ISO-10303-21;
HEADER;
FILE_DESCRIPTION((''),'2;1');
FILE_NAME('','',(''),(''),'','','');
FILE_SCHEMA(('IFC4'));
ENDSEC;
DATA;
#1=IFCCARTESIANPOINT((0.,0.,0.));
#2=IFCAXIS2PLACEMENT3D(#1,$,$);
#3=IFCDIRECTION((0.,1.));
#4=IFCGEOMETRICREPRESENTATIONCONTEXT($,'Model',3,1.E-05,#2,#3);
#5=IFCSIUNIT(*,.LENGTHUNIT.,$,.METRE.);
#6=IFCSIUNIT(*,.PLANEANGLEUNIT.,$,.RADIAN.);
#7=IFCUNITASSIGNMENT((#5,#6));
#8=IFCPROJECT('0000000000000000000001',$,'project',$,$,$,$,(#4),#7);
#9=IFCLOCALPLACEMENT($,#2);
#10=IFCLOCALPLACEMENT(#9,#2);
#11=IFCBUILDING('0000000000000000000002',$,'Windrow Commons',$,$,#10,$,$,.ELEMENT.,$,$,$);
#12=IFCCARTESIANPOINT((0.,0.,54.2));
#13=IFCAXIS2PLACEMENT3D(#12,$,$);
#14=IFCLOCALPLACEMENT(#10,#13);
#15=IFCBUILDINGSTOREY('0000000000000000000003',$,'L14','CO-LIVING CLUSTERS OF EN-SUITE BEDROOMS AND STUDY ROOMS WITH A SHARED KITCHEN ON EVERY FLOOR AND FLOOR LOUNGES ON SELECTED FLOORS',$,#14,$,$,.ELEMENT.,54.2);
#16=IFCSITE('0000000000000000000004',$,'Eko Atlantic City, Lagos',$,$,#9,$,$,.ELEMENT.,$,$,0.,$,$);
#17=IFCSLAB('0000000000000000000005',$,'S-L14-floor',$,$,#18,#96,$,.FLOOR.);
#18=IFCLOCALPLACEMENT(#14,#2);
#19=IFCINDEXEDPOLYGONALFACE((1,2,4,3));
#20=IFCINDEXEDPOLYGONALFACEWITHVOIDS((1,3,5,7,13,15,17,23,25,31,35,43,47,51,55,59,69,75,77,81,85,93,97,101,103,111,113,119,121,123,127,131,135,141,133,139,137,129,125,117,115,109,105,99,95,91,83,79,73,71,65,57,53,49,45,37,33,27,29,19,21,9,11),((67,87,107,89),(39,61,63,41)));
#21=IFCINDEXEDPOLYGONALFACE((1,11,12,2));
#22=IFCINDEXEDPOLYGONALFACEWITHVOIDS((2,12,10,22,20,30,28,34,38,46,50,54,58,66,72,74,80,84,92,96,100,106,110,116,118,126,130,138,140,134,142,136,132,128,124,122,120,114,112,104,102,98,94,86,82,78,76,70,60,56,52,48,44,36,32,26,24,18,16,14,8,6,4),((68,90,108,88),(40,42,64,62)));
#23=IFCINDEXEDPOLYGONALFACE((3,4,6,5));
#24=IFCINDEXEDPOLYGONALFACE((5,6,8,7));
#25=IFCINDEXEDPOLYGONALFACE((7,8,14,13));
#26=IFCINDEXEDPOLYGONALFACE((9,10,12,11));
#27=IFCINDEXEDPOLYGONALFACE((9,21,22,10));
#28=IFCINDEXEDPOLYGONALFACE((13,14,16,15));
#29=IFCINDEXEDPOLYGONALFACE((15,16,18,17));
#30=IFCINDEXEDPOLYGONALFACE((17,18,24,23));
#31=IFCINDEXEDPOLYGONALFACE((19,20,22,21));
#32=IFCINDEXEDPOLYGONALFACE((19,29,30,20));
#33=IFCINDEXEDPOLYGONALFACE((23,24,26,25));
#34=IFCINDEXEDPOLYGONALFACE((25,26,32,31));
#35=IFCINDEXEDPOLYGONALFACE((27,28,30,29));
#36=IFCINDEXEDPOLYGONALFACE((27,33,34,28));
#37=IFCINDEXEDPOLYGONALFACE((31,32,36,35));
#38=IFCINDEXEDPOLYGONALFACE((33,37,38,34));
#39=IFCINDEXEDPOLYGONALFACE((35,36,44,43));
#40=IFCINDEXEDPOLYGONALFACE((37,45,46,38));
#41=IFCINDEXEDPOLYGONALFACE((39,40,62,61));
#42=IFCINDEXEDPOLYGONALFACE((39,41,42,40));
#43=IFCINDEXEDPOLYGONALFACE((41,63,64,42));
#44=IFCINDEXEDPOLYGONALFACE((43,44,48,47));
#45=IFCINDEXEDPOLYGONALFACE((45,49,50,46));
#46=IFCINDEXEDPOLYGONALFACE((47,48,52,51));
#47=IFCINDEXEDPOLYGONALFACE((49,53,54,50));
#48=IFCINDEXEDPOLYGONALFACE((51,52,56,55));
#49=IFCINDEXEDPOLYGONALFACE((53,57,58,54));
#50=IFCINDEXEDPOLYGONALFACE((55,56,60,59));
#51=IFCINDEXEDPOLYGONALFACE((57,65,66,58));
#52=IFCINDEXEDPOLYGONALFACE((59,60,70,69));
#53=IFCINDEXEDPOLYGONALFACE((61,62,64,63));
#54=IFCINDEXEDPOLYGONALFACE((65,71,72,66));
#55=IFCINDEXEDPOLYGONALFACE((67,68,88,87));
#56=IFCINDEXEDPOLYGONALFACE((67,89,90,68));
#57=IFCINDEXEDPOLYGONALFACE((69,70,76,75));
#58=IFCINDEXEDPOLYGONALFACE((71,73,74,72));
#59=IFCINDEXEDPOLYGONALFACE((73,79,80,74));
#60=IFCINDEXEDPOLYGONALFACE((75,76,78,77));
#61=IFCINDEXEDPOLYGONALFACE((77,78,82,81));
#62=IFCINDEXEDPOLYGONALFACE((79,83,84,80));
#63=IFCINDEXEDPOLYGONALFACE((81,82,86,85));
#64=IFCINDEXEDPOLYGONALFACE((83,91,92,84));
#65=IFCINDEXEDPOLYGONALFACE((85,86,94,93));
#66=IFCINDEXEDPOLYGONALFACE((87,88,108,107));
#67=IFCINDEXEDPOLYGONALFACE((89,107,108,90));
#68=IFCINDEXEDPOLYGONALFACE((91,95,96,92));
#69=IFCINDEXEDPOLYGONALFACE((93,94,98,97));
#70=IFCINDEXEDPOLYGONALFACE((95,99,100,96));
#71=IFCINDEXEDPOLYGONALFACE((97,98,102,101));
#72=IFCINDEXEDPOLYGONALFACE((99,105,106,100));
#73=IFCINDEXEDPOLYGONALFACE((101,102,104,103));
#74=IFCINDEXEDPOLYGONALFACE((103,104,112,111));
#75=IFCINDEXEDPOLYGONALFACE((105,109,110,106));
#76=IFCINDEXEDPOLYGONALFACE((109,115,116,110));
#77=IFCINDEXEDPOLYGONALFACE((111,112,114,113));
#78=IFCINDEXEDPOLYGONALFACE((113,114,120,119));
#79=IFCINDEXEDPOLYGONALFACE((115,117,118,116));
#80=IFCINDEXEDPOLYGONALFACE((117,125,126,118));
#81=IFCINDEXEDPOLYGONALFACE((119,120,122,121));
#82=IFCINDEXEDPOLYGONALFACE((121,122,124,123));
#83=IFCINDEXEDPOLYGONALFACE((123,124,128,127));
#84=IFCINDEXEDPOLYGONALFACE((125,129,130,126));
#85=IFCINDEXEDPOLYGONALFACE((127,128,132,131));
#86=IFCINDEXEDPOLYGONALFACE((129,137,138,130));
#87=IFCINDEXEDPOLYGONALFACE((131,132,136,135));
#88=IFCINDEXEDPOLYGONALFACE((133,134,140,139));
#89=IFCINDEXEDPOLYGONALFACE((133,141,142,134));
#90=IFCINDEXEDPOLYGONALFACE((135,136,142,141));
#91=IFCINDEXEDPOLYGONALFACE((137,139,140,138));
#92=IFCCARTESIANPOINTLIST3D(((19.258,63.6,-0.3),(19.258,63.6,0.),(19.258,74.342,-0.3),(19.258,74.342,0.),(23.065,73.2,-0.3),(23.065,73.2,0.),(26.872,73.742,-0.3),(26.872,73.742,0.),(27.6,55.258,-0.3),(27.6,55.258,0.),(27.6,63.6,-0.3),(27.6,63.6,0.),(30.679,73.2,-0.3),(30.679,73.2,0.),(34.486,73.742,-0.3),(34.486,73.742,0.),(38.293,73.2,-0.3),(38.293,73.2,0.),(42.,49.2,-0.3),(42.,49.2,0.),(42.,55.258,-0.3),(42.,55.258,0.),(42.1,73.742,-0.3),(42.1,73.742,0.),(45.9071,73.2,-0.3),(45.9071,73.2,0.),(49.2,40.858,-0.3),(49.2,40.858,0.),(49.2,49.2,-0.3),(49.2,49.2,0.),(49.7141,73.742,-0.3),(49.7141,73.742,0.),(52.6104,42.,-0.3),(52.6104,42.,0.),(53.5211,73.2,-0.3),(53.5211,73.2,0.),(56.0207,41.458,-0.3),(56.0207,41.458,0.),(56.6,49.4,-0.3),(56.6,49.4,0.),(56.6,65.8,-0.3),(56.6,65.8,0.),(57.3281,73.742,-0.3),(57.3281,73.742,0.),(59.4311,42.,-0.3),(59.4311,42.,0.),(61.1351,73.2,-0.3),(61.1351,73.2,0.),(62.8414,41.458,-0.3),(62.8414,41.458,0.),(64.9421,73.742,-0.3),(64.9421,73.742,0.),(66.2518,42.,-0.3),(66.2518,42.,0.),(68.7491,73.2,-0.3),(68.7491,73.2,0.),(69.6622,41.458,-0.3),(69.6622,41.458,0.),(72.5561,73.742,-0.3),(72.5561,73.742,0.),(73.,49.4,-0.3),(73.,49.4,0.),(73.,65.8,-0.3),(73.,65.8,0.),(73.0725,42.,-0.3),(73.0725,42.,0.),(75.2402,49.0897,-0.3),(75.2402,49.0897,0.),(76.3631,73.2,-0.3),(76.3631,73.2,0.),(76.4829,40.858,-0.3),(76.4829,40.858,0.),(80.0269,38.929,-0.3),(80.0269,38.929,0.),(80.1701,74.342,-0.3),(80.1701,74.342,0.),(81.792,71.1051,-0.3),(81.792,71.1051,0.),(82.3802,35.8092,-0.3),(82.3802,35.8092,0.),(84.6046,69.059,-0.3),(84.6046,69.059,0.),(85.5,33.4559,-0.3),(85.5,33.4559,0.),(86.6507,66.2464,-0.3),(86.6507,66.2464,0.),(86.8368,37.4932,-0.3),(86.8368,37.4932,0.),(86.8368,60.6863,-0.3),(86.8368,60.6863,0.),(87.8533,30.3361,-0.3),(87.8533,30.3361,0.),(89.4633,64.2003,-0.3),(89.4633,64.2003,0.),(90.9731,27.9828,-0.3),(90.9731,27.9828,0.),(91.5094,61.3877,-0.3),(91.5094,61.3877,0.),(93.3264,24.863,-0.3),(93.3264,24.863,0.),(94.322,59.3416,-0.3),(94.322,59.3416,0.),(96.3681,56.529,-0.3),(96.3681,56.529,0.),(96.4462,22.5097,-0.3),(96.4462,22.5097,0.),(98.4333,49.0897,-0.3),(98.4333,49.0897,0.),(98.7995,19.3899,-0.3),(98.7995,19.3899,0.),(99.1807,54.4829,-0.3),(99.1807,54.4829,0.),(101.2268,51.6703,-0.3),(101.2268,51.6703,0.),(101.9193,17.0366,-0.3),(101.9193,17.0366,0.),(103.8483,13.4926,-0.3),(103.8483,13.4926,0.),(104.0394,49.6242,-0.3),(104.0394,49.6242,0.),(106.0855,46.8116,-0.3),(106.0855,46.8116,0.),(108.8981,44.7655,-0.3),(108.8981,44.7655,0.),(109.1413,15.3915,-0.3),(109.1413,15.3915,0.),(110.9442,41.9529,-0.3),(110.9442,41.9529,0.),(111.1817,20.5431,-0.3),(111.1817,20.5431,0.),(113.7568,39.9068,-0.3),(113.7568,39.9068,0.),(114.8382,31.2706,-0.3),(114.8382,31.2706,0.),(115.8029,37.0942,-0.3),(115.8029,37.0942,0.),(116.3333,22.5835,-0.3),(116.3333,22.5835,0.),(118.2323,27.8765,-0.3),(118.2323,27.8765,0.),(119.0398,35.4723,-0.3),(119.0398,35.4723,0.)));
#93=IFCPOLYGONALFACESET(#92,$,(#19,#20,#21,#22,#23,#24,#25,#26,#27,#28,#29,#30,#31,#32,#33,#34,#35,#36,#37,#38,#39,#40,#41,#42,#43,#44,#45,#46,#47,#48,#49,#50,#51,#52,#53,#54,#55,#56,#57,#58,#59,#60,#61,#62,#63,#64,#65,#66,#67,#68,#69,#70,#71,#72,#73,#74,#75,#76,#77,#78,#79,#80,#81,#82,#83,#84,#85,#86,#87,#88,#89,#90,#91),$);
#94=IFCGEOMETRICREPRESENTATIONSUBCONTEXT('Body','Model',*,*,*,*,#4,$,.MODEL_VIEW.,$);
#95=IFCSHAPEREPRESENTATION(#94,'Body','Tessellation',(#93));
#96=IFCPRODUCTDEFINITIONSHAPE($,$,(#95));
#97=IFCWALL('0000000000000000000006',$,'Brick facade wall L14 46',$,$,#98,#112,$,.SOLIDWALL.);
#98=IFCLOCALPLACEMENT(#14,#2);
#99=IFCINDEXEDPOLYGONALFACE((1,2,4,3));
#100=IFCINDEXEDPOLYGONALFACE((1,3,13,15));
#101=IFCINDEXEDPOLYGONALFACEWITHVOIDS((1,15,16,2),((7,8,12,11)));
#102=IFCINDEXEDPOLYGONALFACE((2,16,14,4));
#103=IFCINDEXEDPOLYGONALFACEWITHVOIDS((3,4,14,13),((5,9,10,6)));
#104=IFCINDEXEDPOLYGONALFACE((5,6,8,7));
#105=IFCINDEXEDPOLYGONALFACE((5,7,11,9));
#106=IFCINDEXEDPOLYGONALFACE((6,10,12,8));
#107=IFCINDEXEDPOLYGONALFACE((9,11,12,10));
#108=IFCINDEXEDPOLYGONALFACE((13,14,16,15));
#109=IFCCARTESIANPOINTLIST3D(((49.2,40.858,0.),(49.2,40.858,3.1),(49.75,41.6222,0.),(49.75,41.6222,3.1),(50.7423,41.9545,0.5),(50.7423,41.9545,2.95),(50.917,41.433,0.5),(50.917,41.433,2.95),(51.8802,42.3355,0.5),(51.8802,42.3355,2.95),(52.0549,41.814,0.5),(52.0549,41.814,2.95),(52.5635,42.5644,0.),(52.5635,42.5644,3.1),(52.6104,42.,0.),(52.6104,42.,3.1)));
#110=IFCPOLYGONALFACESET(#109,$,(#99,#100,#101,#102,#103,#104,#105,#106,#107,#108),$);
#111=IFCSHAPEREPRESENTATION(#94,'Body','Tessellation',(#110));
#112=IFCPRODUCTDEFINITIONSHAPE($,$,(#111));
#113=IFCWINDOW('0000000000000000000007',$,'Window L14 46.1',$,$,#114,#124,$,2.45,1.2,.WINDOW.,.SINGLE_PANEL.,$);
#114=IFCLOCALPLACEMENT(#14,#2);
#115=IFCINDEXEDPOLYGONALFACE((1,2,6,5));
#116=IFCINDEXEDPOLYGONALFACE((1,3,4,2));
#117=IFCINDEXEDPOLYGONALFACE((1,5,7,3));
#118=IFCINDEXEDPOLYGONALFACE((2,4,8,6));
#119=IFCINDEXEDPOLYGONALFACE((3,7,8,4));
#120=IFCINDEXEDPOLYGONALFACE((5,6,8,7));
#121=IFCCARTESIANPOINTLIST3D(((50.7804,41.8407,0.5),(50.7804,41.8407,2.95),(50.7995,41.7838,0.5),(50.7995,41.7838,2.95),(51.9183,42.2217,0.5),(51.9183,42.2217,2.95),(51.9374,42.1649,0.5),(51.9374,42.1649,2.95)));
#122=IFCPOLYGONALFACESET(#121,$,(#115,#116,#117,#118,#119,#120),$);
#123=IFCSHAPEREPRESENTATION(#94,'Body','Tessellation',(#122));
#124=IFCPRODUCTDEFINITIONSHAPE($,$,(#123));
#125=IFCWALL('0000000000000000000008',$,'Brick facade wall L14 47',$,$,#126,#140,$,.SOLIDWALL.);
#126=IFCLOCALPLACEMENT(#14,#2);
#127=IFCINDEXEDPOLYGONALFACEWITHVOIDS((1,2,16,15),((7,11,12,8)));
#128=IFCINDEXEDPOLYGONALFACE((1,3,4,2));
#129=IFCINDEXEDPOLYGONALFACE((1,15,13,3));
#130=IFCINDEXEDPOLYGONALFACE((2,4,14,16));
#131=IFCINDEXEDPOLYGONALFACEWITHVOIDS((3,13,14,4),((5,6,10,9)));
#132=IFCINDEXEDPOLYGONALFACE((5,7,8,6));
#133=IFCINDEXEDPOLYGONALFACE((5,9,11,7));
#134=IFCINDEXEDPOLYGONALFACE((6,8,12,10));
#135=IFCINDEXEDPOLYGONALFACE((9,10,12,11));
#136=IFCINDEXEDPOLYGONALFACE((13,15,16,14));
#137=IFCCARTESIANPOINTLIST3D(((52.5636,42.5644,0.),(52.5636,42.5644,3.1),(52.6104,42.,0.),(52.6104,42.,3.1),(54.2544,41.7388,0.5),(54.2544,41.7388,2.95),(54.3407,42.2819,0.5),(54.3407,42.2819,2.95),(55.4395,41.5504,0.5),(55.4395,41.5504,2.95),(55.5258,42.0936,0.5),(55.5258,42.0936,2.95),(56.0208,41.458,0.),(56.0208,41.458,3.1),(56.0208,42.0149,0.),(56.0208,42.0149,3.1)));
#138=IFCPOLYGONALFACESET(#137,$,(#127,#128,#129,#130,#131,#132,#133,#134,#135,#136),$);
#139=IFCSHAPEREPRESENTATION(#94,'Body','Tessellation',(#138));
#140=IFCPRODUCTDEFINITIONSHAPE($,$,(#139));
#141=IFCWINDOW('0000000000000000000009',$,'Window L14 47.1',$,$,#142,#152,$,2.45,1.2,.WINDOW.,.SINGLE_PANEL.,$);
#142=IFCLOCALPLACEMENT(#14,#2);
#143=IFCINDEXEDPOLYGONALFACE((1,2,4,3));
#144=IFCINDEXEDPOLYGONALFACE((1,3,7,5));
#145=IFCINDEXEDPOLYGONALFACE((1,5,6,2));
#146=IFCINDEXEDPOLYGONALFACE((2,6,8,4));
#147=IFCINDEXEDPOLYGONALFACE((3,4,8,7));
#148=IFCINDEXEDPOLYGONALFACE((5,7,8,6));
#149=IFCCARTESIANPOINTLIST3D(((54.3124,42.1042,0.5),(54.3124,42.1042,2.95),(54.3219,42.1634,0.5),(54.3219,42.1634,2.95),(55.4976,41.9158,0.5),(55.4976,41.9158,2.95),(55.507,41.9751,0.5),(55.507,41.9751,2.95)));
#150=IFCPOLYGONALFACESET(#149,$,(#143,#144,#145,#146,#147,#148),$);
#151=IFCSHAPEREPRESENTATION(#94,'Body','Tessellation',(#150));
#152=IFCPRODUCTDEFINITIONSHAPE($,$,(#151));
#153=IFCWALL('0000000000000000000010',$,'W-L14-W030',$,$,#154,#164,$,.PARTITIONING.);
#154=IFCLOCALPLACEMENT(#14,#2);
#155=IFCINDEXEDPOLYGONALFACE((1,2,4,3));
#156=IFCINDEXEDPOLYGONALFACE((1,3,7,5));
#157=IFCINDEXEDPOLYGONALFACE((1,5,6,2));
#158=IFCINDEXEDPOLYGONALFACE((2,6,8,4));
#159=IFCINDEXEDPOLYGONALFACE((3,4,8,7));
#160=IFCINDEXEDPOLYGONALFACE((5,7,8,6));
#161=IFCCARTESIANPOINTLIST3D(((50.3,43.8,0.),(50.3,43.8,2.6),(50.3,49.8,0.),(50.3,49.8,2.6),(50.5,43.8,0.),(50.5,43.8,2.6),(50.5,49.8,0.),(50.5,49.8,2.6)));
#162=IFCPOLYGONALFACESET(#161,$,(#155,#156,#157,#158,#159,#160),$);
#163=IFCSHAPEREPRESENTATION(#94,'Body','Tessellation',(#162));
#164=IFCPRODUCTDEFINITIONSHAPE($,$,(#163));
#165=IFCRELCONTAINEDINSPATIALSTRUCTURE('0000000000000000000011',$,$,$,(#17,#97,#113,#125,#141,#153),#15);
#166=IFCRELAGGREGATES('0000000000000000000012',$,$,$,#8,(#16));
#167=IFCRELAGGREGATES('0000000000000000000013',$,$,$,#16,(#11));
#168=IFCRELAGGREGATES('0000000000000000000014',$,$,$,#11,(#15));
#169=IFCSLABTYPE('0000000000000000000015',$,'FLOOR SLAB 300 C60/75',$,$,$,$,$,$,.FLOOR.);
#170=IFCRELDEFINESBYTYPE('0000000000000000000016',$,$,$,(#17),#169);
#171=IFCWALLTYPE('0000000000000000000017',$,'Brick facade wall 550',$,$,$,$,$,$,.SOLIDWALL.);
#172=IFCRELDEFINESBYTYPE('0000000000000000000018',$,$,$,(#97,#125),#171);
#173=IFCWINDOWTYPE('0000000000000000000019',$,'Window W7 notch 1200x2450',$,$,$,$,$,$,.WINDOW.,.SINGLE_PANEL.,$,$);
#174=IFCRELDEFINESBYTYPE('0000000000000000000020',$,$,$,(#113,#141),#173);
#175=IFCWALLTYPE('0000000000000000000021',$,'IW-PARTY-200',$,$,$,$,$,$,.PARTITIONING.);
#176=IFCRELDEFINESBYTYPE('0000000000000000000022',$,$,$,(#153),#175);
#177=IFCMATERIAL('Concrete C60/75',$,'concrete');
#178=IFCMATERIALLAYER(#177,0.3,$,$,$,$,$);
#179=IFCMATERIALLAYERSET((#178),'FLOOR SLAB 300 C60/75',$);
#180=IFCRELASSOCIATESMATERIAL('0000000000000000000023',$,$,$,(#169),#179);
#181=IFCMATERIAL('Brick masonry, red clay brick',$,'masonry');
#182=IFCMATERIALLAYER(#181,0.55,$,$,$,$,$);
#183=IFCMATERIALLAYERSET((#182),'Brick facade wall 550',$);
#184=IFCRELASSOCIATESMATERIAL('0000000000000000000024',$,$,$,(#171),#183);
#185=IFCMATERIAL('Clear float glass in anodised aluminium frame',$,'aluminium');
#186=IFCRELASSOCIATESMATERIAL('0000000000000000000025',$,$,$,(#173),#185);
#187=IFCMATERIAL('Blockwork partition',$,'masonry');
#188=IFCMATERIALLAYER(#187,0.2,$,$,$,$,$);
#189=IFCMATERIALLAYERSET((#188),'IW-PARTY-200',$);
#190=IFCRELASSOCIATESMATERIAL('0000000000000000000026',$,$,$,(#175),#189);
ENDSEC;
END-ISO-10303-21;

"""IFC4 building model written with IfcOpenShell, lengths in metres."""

from ifc_helpers import new_model, si_unit, direction, frame, frame_2d, origin, place, context, subcontext, project, spatial, polyline, rectangle, outline, extrude, material, layer, layer_set, type_object, element, fill, save


model = new_model("IFC4")

# Units and contexts
model_context = context("Model", 3, precision=1e-05, world=origin(), true_north=direction((0.0, 1.0)))
body_context = subcontext(model_context, "Body", "Model", "MODEL_VIEW")
ifc_project = project(units=[si_unit("LENGTHUNIT", "METRE"), si_unit("PLANEANGLEUNIT", "RADIAN")], contexts=[model_context])

# Site, building, storey
site_placement = place(None, origin())
site = spatial("IfcSite", under=ifc_project, at=site_placement, Name="Eko Atlantic City, Lagos", CompositionType="ELEMENT", RefElevation=0.0)
building_placement = place(site_placement, origin())
building = spatial("IfcBuilding", under=site, at=building_placement, Name="Windrow Commons", CompositionType="ELEMENT")
storey_placement = place(building_placement, frame((0.0, 0.0, 54.2)))
storey = spatial("IfcBuildingStorey", under=building, at=storey_placement, Name="L14", Description="CO-LIVING CLUSTERS OF EN-SUITE BEDROOMS AND STUDY ROOMS WITH A SHARED KITCHEN ON EVERY FLOOR AND FLOOR LOUNGES ON SELECTED FLOORS", CompositionType="ELEMENT", Elevation=54.2)

# Shared definitions
placement_1 = place(storey_placement, frame((0.0, 0.0, -0.3)))

# Slab, openings
ifc_material_1 = material(Name="Concrete C60/75", Category="concrete")
ifc_layer_1 = layer(ifc_material_1, 0.3)
ifc_layer_set_1 = layer_set([ifc_layer_1], Name="FLOOR SLAB 300 C60/75")
slab_type_1 = type_object("IfcSlabType", Name="FLOOR SLAB 300 C60/75", PredefinedType="FLOOR", material=ifc_layer_set_1)
slab_1 = element("IfcSlab", 1, at=placement_1, inside=storey, type_object=slab_type_1, Name="S-L14-floor", PredefinedType="FLOOR", context=body_context, shape_type="SweptSolid", body=[
    extrude(outline(polyline([(101.9193, 17.0366), (103.8483, 13.4926), (109.1413, 15.3915), (111.1817, 20.5431), (116.3333, 22.5835), (118.2323, 27.8765), (114.8382, 31.2706), (119.0398, 35.4723), (115.8029, 37.0942), (113.7568, 39.9068), (110.9442, 41.9529), (108.8981, 44.7655), (106.0855, 46.8116), (104.0394, 49.6242), (101.2268, 51.6703), (99.1807, 54.4829), (96.3681, 56.529), (94.322, 59.3416), (91.5094, 61.3877), (89.4633, 64.2003), (86.6507, 66.2464), (84.6046, 69.059), (81.792, 71.1051), (80.1701, 74.342), (76.3631, 73.2), (72.5561, 73.742), (68.7491, 73.2), (64.9421, 73.742), (61.1351, 73.2), (57.3281, 73.742), (53.5211, 73.2), (49.7141, 73.742), (45.9071, 73.2), (42.1, 73.742), (38.293, 73.2), (34.486, 73.742), (30.679, 73.2), (26.872, 73.742), (23.065, 73.2), (19.258, 74.342), (19.258, 63.6), (27.6, 63.6), (27.6, 55.258), (42.0, 55.258), (42.0, 49.2), (49.2, 49.2), (49.2, 40.858), (52.6104, 42.0), (56.0207, 41.458), (59.4311, 42.0), (62.8414, 41.458), (66.2518, 42.0), (69.6622, 41.458), (73.0725, 42.0), (76.4829, 40.858), (80.0269, 38.929), (82.3802, 35.8092), (85.5, 33.4559), (87.8533, 30.3361), (90.9731, 27.9828), (93.3264, 24.863), (96.4462, 22.5097), (98.7995, 19.3899), (101.9193, 17.0366)]), holes=[polyline([(75.2402, 49.0897), (86.8368, 60.6863), (98.4333, 49.0897), (86.8368, 37.4932), (75.2402, 49.0897)]), polyline([(56.6, 49.4), (56.6, 65.8), (73.0, 65.8), (73.0, 49.4), (56.6, 49.4)])]), origin(), (0.0, 0.0, 1.0), 0.3),
])
opening_1_placement = place(placement_1, origin())
element("IfcOpeningElement", 2, at=opening_1_placement, cuts=slab_1, PredefinedType="OPENING", context=body_context, shape_type="SweptSolid", body=[
    extrude(outline(polyline([(75.2473, 49.0897), (86.8368, 60.6792), (98.4262, 49.0897), (86.8368, 37.5003), (75.2473, 49.0897)])), origin(), (0.0, 0.0, 1.0), 0.3),
])
opening_2_placement = place(placement_1, origin())
element("IfcOpeningElement", 3, at=opening_2_placement, cuts=slab_1, PredefinedType="OPENING", context=body_context, shape_type="SweptSolid", body=[
    extrude(outline(polyline([(56.605, 49.405), (56.605, 65.795), (72.995, 65.795), (72.995, 49.405), (56.605, 49.405)])), origin(), (0.0, 0.0, 1.0), 0.3),
])

# Walls, openings, windows
ifc_material_2 = material(Name="Brick masonry, red clay brick", Category="masonry")
ifc_layer_2 = layer(ifc_material_2, 0.55)
ifc_layer_set_2 = layer_set([ifc_layer_2], Name="Brick facade wall 550")
wall_type_1 = type_object("IfcWallType", Name="Brick facade wall 550", PredefinedType="SOLIDWALL", material=ifc_layer_set_2)
wall_1_placement = place(storey_placement, frame((49.475, 41.2401, 0.0), z_axis=(0.0, 0.0, 1.0), x_axis=(0.948247, 0.317535, 0.0)))
wall_1 = element("IfcWall", 4, at=wall_1_placement, inside=storey, type_object=wall_type_1, Name="Brick facade wall L14 46", PredefinedType="SOLIDWALL", context=body_context, shape_type="SweptSolid", body=[
    extrude(outline(polyline([(-0.3821, -0.275), (3.2144, -0.275), (3.3492, 0.275), (0.3821, 0.275), (-0.3821, -0.275)])), origin(), (0.0, 0.0, 1.0), 3.1),
])
opening_3_placement = place(wall_1_placement, frame((1.4286, 0.0, 0.5)))
opening_3 = element("IfcOpeningElement", 5, at=opening_3_placement, cuts=wall_1, PredefinedType="OPENING", context=body_context, shape_type="SweptSolid", body=[
    extrude(rectangle(XDim=1.2, YDim=2.45, at=frame_2d((0.6, 1.225))), frame((0.0, 0.285, 0.0), z_axis=(0.0, -1.0, 0.0), x_axis=(1.0, 0.0, 0.0)), (0.0, 0.0, 1.0), 0.57),
])
ifc_material_3 = material(Name="Clear float glass in anodised aluminium frame", Category="aluminium")
window_type = type_object("IfcWindowType", Name="Window W7 notch 1200x2450", PartitioningType="SINGLE_PANEL", PredefinedType="WINDOW", material=ifc_material_3)
window_1_placement = place(opening_3_placement, origin())
window_1 = element("IfcWindow", 6, at=window_1_placement, inside=storey, type_object=window_type, Name="Window L14 46.1", OverallHeight=2.45, OverallWidth=1.2, PartitioningType="SINGLE_PANEL", PredefinedType="WINDOW", context=body_context, shape_type="SweptSolid", body=[
    extrude(rectangle(XDim=1.2, YDim=2.45, at=frame_2d((0.6, 1.225))), frame((0.0, 0.155, 0.0), z_axis=(0.0, -1.0, 0.0), x_axis=(1.0, 0.0, 0.0)), (0.0, 0.0, 1.0), 0.06),
])
fill(opening_3, window_1)
wall_2_placement = place(storey_placement, frame((52.587, 42.2822, 0.0), z_axis=(0.0, 0.0, 1.0), x_axis=(0.987606, -0.156955, 0.0)))
wall_2 = element("IfcWall", 7, at=wall_2_placement, inside=storey, type_object=wall_type_1, Name="Brick facade wall L14 47", PredefinedType="SOLIDWALL", context=body_context, shape_type="SweptSolid", body=[
    extrude(outline(polyline([(0.0674, -0.275), (3.5206, -0.275), (3.4332, 0.275), (-0.0674, 0.275), (0.0674, -0.275)])), origin(), (0.0, 0.0, 1.0), 3.1),
])
opening_4_placement = place(wall_2_placement, frame((1.732, 0.0, 0.5)))
opening_4 = element("IfcOpeningElement", 8, at=opening_4_placement, cuts=wall_2, PredefinedType="OPENING", context=body_context, shape_type="SweptSolid", body=[
    extrude(rectangle(XDim=1.2, YDim=2.45, at=frame_2d((0.6, 1.225))), frame((0.0, 0.285, 0.0), z_axis=(0.0, -1.0, 0.0), x_axis=(1.0, 0.0, 0.0)), (0.0, 0.0, 1.0), 0.57),
])
window_2_placement = place(opening_4_placement, origin())
window_2 = element("IfcWindow", 9, at=window_2_placement, inside=storey, type_object=window_type, Name="Window L14 47.1", OverallHeight=2.45, OverallWidth=1.2, PartitioningType="SINGLE_PANEL", PredefinedType="WINDOW", context=body_context, shape_type="SweptSolid", body=[
    extrude(rectangle(XDim=1.2, YDim=2.45, at=frame_2d((0.6, 1.225))), frame((0.0, 0.155, 0.0), z_axis=(0.0, -1.0, 0.0), x_axis=(1.0, 0.0, 0.0)), (0.0, 0.0, 1.0), 0.06),
])
fill(opening_4, window_2)

# Wall
ifc_material_4 = material(Name="Blockwork partition", Category="masonry")
ifc_layer_3 = layer(ifc_material_4, 0.2)
ifc_layer_set_3 = layer_set([ifc_layer_3], Name="IW-PARTY-200")
wall_type_2 = type_object("IfcWallType", Name="IW-PARTY-200", PredefinedType="PARTITIONING", material=ifc_layer_set_3)
wall_3_placement = place(storey_placement, frame((50.4, 43.8, 0.0), z_axis=(0.0, 0.0, 1.0), x_axis=(0.0, 1.0, 0.0)))
element("IfcWall", 10, at=wall_3_placement, inside=storey, type_object=wall_type_2, Name="W-L14-W030", PredefinedType="PARTITIONING", context=body_context, shape_type="SweptSolid", body=[
    extrude(rectangle(XDim=6.0, YDim=0.2, at=frame_2d((3.0, 0.0))), origin(), (0.0, 0.0, 1.0), 2.6),
])

save(model, "model.ifc")
